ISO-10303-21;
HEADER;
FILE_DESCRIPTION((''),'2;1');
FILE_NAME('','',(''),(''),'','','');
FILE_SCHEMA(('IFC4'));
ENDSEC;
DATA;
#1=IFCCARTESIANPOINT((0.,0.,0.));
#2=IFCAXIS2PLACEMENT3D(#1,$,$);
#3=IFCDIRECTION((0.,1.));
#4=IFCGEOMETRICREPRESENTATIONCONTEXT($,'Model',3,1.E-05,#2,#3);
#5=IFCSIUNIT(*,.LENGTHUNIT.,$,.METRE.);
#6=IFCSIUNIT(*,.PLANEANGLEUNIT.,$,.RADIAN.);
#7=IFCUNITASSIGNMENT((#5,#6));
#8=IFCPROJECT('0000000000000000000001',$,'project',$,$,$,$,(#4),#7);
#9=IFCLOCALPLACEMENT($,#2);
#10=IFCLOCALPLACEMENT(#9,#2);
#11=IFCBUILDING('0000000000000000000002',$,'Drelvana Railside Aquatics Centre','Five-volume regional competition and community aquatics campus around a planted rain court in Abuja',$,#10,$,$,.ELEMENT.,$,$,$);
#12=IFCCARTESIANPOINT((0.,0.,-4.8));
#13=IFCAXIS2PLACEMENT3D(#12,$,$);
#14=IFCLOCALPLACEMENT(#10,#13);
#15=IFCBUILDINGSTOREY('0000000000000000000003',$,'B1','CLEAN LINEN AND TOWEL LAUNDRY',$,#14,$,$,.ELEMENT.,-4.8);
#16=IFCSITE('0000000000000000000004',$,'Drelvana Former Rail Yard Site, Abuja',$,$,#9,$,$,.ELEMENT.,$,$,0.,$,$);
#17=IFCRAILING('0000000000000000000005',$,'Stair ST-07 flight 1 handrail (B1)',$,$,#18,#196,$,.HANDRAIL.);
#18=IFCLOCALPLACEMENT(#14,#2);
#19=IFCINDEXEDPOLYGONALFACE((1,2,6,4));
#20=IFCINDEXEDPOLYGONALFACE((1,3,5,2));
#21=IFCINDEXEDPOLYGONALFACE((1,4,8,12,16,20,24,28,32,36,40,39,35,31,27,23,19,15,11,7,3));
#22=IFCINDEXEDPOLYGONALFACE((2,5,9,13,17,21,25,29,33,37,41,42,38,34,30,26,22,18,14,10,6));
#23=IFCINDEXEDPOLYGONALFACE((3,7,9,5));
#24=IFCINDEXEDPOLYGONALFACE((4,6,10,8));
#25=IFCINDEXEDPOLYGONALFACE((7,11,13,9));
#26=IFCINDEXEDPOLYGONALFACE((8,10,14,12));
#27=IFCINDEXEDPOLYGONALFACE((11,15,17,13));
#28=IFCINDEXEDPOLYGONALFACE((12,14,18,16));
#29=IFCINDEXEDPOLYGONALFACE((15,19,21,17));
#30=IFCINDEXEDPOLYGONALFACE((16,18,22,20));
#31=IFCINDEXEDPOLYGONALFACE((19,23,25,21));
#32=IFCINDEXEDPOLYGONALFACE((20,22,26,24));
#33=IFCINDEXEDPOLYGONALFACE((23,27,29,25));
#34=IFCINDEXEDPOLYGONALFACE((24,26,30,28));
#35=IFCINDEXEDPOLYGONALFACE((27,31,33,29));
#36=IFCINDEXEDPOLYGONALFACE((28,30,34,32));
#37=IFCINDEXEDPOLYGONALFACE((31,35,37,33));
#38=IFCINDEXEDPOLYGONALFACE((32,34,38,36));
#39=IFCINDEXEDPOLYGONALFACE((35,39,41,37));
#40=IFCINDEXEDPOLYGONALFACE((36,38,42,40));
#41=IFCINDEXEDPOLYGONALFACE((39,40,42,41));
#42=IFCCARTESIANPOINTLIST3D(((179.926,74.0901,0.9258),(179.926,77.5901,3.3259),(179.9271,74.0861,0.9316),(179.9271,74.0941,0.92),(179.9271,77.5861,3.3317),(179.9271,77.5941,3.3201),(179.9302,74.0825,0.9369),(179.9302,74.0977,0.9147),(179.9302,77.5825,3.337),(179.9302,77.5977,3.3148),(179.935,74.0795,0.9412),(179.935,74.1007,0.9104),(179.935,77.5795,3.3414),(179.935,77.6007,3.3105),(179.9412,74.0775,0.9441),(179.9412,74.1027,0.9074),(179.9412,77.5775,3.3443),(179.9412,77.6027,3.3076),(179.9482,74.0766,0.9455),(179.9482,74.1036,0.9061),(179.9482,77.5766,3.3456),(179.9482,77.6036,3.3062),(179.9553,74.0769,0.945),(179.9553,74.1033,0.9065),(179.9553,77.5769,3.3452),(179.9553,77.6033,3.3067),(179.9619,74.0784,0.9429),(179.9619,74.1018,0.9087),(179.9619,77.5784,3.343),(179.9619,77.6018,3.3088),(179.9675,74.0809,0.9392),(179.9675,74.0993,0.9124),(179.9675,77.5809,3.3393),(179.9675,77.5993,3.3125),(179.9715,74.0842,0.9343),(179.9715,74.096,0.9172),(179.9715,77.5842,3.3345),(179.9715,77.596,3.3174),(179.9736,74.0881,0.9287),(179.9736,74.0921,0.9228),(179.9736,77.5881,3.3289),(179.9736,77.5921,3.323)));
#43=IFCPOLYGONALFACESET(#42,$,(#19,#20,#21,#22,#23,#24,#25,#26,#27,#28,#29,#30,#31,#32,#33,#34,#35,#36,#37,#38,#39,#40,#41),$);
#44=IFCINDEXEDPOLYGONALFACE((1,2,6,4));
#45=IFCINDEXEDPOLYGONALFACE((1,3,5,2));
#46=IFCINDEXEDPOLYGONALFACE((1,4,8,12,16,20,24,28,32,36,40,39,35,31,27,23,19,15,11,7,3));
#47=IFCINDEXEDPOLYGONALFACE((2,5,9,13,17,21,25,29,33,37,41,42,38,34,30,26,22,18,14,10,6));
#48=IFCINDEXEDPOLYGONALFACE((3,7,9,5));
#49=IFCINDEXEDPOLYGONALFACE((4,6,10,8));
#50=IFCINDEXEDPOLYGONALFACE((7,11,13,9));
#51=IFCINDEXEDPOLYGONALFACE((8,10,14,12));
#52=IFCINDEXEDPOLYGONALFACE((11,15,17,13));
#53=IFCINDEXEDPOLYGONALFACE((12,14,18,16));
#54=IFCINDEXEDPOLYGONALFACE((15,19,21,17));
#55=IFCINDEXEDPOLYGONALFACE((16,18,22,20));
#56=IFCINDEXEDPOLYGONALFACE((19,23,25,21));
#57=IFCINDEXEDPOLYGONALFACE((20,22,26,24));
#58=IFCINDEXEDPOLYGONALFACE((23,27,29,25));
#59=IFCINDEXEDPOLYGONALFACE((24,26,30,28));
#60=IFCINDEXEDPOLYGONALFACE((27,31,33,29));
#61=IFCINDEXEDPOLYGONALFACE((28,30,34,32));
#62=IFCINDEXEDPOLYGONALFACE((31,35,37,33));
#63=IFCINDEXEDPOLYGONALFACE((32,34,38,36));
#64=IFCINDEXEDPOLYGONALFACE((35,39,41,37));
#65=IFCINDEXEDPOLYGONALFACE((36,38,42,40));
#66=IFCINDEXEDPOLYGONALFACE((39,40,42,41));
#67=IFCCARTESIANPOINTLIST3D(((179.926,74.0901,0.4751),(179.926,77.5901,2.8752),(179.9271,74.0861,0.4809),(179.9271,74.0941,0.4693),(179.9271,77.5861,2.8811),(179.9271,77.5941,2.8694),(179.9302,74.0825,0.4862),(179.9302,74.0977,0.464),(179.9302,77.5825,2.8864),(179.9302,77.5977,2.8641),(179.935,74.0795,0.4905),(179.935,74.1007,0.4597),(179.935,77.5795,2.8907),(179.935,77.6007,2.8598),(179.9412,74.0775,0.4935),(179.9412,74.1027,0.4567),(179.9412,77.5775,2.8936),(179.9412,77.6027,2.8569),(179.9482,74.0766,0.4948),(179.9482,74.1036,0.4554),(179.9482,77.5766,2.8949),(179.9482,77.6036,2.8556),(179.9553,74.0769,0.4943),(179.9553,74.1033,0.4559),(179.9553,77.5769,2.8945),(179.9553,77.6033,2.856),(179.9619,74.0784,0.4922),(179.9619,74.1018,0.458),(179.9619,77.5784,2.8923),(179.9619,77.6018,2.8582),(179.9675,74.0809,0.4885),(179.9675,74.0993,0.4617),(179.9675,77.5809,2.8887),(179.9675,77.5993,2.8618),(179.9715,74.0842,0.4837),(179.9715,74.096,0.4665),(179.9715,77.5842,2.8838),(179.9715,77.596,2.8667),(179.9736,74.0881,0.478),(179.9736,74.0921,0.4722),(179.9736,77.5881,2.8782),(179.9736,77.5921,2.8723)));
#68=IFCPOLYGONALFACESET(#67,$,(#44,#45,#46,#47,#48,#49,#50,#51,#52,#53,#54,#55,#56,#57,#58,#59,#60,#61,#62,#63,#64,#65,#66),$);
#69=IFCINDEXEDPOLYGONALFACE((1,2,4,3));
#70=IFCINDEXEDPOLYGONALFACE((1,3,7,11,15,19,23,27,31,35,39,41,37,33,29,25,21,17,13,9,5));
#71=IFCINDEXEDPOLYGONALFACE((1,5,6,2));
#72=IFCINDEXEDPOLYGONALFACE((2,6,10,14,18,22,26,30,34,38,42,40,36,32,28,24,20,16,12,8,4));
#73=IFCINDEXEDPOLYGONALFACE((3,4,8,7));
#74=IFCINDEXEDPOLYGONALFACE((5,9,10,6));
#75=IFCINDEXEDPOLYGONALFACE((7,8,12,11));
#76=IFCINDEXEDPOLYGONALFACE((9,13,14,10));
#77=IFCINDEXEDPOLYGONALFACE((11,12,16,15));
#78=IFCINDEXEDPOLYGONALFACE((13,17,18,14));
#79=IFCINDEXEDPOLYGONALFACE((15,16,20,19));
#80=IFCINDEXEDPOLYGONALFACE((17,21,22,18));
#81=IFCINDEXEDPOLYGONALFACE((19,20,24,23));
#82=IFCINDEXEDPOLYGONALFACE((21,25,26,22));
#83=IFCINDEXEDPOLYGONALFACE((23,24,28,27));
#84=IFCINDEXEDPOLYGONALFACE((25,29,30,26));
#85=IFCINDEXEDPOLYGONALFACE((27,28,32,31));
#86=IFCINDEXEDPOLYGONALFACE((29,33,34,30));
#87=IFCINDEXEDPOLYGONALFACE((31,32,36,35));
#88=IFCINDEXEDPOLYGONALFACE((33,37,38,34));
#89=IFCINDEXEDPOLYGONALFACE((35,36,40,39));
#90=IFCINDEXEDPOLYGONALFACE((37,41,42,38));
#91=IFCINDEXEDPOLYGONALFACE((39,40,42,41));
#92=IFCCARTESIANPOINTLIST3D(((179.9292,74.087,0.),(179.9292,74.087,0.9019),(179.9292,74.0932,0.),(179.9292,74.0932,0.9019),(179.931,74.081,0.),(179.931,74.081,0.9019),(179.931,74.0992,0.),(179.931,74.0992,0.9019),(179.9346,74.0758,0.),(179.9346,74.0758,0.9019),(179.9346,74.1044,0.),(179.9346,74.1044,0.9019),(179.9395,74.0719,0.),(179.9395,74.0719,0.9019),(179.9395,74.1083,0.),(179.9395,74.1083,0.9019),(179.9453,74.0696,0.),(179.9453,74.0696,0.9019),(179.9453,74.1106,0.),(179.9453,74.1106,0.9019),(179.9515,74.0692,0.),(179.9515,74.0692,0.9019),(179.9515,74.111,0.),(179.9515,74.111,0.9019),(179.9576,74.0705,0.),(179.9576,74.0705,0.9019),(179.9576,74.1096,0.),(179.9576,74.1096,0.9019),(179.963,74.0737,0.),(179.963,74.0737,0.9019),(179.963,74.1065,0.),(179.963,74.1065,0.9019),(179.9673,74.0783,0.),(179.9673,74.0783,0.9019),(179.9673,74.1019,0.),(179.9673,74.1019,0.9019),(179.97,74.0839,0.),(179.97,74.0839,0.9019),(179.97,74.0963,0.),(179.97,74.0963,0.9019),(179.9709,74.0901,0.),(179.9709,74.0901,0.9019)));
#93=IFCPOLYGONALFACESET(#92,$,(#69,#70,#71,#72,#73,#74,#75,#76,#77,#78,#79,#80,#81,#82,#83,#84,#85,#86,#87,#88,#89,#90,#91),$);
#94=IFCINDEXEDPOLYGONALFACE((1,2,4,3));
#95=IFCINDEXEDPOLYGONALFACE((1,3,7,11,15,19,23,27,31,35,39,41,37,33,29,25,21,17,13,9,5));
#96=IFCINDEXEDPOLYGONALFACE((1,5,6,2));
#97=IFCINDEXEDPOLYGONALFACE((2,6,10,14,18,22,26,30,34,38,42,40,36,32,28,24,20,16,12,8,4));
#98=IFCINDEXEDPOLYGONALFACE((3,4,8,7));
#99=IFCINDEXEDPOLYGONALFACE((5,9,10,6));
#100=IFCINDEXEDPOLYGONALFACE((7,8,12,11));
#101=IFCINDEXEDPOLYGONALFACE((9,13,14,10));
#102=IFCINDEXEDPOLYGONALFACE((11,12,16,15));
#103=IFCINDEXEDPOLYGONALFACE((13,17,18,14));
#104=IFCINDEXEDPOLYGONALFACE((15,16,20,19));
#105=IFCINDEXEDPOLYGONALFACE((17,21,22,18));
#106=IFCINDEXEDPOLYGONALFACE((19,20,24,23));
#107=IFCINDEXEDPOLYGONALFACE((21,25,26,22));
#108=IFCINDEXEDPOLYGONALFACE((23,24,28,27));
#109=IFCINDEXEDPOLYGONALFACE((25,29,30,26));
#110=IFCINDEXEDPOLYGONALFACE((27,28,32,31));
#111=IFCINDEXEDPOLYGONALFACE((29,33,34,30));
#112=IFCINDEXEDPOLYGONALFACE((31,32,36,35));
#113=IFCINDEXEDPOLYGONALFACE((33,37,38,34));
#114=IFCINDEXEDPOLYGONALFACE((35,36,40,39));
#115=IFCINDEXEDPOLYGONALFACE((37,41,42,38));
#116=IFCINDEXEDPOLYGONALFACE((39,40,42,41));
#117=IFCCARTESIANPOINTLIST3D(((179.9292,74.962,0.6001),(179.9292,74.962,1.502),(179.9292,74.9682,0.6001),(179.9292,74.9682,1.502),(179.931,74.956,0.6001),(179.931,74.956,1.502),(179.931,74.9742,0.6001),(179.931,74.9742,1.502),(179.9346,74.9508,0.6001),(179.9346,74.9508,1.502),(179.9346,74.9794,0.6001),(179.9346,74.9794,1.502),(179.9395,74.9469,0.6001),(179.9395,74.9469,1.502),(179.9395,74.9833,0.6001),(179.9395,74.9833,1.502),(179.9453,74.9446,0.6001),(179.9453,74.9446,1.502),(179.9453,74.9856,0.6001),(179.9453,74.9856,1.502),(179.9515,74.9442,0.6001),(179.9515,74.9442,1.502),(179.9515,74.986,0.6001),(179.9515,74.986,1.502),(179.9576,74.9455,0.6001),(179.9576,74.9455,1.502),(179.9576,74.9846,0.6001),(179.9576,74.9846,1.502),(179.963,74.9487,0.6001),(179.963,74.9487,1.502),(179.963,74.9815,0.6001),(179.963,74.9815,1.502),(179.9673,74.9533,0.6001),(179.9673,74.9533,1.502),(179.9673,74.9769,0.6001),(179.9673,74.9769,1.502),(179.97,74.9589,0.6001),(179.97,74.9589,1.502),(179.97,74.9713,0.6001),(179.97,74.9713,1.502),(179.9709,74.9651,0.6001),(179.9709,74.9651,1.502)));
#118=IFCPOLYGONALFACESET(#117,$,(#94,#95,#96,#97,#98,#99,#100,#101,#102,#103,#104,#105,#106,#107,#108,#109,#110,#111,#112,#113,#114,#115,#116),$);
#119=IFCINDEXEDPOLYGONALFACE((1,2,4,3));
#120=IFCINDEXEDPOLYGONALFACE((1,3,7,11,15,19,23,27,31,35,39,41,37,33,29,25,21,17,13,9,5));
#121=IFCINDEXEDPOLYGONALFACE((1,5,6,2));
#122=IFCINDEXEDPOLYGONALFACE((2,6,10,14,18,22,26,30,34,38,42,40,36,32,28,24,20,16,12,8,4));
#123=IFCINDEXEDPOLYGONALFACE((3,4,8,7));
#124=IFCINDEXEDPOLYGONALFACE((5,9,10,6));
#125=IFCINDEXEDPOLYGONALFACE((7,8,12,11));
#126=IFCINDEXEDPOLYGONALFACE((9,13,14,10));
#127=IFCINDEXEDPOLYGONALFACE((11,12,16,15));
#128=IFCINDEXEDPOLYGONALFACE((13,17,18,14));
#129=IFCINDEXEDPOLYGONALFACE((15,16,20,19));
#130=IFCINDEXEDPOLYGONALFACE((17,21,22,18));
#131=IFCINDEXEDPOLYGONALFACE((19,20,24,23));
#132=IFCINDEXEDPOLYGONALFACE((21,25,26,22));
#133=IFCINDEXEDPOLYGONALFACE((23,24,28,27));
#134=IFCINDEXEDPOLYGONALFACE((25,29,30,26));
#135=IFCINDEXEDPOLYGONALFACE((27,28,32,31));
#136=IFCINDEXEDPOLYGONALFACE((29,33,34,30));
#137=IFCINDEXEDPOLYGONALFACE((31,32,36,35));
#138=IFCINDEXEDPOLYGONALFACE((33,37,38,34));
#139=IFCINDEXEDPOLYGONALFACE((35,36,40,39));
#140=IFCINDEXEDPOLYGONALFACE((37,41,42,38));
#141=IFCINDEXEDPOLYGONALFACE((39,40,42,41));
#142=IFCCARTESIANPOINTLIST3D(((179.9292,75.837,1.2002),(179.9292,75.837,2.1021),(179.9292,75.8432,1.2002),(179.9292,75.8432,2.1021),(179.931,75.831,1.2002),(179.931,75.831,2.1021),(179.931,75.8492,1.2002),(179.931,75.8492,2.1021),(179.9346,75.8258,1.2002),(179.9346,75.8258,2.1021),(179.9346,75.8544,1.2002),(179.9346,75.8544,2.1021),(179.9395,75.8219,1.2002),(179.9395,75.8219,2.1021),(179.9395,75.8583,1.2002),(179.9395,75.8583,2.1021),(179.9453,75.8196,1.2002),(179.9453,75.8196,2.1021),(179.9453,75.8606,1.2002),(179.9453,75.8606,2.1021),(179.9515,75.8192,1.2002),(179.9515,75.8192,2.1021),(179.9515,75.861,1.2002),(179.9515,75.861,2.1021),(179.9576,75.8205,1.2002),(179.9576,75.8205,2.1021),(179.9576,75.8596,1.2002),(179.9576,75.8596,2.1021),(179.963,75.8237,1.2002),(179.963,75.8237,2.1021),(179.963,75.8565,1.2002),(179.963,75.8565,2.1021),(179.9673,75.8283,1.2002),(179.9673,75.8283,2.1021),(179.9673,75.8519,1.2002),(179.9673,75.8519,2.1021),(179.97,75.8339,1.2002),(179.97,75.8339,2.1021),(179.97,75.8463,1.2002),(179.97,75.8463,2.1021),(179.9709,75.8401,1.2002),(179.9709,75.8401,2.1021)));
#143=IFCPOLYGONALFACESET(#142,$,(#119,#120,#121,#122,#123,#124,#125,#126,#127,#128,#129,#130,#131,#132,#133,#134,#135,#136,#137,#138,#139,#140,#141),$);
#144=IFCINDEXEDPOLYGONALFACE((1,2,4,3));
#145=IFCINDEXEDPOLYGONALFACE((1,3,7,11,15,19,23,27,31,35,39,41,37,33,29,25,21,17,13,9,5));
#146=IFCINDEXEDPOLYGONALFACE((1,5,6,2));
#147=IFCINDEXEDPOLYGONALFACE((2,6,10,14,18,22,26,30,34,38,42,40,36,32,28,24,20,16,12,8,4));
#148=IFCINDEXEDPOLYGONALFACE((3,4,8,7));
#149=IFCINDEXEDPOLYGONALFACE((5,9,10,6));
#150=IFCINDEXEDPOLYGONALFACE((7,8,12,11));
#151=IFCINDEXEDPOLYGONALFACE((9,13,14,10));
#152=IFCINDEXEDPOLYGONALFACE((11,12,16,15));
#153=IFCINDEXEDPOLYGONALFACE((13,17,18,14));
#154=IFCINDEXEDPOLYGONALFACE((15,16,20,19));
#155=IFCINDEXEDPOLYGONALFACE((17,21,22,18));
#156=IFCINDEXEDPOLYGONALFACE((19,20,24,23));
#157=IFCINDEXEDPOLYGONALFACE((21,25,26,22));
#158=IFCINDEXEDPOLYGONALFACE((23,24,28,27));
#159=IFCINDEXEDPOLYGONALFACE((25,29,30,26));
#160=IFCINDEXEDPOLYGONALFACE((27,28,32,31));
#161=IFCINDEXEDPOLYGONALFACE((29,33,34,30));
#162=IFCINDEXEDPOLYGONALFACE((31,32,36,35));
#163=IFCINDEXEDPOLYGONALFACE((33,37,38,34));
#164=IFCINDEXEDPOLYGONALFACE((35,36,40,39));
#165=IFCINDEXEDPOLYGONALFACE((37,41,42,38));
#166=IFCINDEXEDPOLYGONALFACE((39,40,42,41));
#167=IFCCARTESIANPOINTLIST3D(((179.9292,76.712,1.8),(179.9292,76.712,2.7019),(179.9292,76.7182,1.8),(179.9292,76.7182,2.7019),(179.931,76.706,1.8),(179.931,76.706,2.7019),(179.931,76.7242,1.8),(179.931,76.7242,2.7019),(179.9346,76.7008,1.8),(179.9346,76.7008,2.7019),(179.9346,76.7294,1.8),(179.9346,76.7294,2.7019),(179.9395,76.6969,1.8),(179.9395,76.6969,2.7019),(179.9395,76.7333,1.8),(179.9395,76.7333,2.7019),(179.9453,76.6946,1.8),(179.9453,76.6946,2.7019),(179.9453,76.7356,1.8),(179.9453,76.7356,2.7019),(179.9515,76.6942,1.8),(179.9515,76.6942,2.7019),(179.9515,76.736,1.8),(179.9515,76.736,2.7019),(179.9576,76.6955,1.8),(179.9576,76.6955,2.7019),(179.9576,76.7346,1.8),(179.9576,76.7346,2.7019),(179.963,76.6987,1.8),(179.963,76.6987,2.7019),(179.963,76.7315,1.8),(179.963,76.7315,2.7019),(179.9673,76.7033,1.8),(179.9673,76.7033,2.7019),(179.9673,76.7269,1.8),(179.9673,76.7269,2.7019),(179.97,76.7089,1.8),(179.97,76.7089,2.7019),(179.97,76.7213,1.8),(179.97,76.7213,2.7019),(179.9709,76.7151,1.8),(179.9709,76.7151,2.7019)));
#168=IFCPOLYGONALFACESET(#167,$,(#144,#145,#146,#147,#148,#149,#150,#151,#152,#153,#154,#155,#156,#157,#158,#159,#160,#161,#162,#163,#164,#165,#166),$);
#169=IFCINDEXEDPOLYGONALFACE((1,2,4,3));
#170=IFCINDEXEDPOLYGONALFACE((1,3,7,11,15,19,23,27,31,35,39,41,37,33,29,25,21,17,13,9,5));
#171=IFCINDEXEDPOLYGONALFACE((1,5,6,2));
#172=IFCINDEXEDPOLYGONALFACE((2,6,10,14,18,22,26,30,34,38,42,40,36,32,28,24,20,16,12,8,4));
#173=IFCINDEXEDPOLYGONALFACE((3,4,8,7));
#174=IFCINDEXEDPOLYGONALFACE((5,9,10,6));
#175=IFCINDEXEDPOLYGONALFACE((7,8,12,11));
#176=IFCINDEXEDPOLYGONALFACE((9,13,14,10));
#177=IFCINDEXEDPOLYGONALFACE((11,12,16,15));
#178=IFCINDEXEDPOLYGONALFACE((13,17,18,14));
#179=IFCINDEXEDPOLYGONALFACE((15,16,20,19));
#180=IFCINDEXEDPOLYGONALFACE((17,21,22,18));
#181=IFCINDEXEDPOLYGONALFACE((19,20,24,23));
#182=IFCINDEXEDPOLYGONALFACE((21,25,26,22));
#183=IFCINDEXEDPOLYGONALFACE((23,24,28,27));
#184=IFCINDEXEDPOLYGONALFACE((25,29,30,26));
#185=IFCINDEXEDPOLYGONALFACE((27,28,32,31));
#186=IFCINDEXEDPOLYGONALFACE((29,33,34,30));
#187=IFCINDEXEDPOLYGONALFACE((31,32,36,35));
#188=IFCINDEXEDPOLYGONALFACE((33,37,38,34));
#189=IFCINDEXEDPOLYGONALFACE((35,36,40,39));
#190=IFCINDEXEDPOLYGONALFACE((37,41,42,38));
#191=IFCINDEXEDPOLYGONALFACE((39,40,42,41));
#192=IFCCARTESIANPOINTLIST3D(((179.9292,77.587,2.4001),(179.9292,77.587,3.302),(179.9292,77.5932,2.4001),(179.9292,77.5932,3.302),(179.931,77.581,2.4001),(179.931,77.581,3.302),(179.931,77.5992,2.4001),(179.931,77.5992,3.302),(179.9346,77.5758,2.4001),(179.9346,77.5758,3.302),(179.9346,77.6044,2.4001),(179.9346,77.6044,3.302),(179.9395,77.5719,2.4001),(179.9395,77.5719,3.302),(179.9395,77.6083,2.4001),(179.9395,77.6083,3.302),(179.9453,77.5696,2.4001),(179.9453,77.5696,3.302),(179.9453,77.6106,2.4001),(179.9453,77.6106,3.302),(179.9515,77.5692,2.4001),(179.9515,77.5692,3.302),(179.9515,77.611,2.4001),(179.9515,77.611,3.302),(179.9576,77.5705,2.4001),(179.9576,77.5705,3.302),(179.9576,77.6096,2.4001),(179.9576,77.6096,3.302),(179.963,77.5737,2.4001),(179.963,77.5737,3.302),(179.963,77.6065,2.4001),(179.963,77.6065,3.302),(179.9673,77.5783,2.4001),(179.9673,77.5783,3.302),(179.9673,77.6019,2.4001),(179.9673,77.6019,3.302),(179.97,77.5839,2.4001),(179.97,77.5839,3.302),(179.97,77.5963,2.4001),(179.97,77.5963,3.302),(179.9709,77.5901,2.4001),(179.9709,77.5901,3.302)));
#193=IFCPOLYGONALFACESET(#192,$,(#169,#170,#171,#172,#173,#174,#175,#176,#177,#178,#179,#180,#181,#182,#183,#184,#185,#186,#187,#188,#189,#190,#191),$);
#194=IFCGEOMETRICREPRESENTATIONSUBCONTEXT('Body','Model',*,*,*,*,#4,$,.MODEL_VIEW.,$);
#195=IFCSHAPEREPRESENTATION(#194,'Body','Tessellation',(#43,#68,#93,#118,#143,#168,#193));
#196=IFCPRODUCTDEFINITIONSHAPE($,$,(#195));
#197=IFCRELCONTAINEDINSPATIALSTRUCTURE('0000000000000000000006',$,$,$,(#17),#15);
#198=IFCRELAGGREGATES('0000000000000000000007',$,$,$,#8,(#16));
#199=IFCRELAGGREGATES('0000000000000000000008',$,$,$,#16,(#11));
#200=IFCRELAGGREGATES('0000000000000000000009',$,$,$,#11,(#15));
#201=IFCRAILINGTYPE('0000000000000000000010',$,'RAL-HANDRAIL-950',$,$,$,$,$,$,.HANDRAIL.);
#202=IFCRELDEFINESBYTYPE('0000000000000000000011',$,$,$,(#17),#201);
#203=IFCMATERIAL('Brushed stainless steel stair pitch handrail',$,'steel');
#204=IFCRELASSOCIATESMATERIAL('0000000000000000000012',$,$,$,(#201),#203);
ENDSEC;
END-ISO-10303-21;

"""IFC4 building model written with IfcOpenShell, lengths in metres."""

from ifc_helpers import new_model, si_unit, direction, frame, origin, origin_2d, place, context, subcontext, project, spatial, circle, extrude, material, type_object, element, save


model = new_model("IFC4")

# Units and contexts
model_context = context("Model", 3, precision=1e-05, world=origin(), true_north=direction((0.0, 1.0)))
body_context = subcontext(model_context, "Body", "Model", "MODEL_VIEW")
ifc_project = project(units=[si_unit("LENGTHUNIT", "METRE"), si_unit("PLANEANGLEUNIT", "RADIAN")], contexts=[model_context])

# Site, building, storey
site_placement = place(None, origin())
site = spatial("IfcSite", under=ifc_project, at=site_placement, Name="Drelvana Former Rail Yard Site, Abuja", CompositionType="ELEMENT", RefElevation=0.0)
building_placement = place(site_placement, origin())
building = spatial("IfcBuilding", under=site, at=building_placement, Name="Drelvana Railside Aquatics Centre", Description="Five-volume regional competition and community aquatics campus around a planted rain court in Abuja", CompositionType="ELEMENT")
storey_placement = place(building_placement, frame((0.0, 0.0, -4.8)))
storey = spatial("IfcBuildingStorey", under=building, at=storey_placement, Name="B1", Description="CLEAN LINEN AND TOWEL LAUNDRY", CompositionType="ELEMENT", Elevation=-4.8)

# Railing
ifc_material_1 = material(Name="Brushed stainless steel stair pitch handrail", Category="steel")
railing_type = type_object("IfcRailingType", Name="RAL-HANDRAIL-950", PredefinedType="HANDRAIL", material=ifc_material_1)
railing_1_placement = place(storey_placement, frame((179.95, 74.0901, 0.0)))
element("IfcRailing", 1, at=railing_1_placement, inside=storey, type_object=railing_type, Name="Stair ST-07 flight 1 handrail (B1)", PredefinedType="HANDRAIL", context=body_context, shape_type="SweptSolid", body=[
    extrude(circle(Radius=0.0239, at=origin_2d()), frame((0.0, 0.0, 0.9258), z_axis=(0.0, 0.824713, 0.565552), x_axis=(-1.0, 0.0, 0.0)), (0.0, 0.0, 1.0), 4.2439),
    extrude(circle(Radius=0.0239, at=origin_2d()), frame((0.0, 0.0, 0.4751), z_axis=(0.0, 0.824713, 0.565552), x_axis=(-1.0, 0.0, 0.0)), (0.0, 0.0, 1.0), 4.2439),
    extrude(circle(Radius=0.021, at=origin_2d()), origin(), (0.0, 0.0, 1.0), 0.9019),
    extrude(circle(Radius=0.021, at=origin_2d()), frame((0.0, 0.875, 0.6001)), (0.0, 0.0, 1.0), 0.9019),
    extrude(circle(Radius=0.021, at=origin_2d()), frame((0.0, 1.75, 1.2002)), (0.0, 0.0, 1.0), 0.9019),
    extrude(circle(Radius=0.021, at=origin_2d()), frame((0.0, 2.625, 1.8)), (0.0, 0.0, 1.0), 0.9019),
    extrude(circle(Radius=0.021, at=origin_2d()), frame((0.0, 3.5, 2.4001)), (0.0, 0.0, 1.0), 0.9019),
])

save(model, "model.ifc")
